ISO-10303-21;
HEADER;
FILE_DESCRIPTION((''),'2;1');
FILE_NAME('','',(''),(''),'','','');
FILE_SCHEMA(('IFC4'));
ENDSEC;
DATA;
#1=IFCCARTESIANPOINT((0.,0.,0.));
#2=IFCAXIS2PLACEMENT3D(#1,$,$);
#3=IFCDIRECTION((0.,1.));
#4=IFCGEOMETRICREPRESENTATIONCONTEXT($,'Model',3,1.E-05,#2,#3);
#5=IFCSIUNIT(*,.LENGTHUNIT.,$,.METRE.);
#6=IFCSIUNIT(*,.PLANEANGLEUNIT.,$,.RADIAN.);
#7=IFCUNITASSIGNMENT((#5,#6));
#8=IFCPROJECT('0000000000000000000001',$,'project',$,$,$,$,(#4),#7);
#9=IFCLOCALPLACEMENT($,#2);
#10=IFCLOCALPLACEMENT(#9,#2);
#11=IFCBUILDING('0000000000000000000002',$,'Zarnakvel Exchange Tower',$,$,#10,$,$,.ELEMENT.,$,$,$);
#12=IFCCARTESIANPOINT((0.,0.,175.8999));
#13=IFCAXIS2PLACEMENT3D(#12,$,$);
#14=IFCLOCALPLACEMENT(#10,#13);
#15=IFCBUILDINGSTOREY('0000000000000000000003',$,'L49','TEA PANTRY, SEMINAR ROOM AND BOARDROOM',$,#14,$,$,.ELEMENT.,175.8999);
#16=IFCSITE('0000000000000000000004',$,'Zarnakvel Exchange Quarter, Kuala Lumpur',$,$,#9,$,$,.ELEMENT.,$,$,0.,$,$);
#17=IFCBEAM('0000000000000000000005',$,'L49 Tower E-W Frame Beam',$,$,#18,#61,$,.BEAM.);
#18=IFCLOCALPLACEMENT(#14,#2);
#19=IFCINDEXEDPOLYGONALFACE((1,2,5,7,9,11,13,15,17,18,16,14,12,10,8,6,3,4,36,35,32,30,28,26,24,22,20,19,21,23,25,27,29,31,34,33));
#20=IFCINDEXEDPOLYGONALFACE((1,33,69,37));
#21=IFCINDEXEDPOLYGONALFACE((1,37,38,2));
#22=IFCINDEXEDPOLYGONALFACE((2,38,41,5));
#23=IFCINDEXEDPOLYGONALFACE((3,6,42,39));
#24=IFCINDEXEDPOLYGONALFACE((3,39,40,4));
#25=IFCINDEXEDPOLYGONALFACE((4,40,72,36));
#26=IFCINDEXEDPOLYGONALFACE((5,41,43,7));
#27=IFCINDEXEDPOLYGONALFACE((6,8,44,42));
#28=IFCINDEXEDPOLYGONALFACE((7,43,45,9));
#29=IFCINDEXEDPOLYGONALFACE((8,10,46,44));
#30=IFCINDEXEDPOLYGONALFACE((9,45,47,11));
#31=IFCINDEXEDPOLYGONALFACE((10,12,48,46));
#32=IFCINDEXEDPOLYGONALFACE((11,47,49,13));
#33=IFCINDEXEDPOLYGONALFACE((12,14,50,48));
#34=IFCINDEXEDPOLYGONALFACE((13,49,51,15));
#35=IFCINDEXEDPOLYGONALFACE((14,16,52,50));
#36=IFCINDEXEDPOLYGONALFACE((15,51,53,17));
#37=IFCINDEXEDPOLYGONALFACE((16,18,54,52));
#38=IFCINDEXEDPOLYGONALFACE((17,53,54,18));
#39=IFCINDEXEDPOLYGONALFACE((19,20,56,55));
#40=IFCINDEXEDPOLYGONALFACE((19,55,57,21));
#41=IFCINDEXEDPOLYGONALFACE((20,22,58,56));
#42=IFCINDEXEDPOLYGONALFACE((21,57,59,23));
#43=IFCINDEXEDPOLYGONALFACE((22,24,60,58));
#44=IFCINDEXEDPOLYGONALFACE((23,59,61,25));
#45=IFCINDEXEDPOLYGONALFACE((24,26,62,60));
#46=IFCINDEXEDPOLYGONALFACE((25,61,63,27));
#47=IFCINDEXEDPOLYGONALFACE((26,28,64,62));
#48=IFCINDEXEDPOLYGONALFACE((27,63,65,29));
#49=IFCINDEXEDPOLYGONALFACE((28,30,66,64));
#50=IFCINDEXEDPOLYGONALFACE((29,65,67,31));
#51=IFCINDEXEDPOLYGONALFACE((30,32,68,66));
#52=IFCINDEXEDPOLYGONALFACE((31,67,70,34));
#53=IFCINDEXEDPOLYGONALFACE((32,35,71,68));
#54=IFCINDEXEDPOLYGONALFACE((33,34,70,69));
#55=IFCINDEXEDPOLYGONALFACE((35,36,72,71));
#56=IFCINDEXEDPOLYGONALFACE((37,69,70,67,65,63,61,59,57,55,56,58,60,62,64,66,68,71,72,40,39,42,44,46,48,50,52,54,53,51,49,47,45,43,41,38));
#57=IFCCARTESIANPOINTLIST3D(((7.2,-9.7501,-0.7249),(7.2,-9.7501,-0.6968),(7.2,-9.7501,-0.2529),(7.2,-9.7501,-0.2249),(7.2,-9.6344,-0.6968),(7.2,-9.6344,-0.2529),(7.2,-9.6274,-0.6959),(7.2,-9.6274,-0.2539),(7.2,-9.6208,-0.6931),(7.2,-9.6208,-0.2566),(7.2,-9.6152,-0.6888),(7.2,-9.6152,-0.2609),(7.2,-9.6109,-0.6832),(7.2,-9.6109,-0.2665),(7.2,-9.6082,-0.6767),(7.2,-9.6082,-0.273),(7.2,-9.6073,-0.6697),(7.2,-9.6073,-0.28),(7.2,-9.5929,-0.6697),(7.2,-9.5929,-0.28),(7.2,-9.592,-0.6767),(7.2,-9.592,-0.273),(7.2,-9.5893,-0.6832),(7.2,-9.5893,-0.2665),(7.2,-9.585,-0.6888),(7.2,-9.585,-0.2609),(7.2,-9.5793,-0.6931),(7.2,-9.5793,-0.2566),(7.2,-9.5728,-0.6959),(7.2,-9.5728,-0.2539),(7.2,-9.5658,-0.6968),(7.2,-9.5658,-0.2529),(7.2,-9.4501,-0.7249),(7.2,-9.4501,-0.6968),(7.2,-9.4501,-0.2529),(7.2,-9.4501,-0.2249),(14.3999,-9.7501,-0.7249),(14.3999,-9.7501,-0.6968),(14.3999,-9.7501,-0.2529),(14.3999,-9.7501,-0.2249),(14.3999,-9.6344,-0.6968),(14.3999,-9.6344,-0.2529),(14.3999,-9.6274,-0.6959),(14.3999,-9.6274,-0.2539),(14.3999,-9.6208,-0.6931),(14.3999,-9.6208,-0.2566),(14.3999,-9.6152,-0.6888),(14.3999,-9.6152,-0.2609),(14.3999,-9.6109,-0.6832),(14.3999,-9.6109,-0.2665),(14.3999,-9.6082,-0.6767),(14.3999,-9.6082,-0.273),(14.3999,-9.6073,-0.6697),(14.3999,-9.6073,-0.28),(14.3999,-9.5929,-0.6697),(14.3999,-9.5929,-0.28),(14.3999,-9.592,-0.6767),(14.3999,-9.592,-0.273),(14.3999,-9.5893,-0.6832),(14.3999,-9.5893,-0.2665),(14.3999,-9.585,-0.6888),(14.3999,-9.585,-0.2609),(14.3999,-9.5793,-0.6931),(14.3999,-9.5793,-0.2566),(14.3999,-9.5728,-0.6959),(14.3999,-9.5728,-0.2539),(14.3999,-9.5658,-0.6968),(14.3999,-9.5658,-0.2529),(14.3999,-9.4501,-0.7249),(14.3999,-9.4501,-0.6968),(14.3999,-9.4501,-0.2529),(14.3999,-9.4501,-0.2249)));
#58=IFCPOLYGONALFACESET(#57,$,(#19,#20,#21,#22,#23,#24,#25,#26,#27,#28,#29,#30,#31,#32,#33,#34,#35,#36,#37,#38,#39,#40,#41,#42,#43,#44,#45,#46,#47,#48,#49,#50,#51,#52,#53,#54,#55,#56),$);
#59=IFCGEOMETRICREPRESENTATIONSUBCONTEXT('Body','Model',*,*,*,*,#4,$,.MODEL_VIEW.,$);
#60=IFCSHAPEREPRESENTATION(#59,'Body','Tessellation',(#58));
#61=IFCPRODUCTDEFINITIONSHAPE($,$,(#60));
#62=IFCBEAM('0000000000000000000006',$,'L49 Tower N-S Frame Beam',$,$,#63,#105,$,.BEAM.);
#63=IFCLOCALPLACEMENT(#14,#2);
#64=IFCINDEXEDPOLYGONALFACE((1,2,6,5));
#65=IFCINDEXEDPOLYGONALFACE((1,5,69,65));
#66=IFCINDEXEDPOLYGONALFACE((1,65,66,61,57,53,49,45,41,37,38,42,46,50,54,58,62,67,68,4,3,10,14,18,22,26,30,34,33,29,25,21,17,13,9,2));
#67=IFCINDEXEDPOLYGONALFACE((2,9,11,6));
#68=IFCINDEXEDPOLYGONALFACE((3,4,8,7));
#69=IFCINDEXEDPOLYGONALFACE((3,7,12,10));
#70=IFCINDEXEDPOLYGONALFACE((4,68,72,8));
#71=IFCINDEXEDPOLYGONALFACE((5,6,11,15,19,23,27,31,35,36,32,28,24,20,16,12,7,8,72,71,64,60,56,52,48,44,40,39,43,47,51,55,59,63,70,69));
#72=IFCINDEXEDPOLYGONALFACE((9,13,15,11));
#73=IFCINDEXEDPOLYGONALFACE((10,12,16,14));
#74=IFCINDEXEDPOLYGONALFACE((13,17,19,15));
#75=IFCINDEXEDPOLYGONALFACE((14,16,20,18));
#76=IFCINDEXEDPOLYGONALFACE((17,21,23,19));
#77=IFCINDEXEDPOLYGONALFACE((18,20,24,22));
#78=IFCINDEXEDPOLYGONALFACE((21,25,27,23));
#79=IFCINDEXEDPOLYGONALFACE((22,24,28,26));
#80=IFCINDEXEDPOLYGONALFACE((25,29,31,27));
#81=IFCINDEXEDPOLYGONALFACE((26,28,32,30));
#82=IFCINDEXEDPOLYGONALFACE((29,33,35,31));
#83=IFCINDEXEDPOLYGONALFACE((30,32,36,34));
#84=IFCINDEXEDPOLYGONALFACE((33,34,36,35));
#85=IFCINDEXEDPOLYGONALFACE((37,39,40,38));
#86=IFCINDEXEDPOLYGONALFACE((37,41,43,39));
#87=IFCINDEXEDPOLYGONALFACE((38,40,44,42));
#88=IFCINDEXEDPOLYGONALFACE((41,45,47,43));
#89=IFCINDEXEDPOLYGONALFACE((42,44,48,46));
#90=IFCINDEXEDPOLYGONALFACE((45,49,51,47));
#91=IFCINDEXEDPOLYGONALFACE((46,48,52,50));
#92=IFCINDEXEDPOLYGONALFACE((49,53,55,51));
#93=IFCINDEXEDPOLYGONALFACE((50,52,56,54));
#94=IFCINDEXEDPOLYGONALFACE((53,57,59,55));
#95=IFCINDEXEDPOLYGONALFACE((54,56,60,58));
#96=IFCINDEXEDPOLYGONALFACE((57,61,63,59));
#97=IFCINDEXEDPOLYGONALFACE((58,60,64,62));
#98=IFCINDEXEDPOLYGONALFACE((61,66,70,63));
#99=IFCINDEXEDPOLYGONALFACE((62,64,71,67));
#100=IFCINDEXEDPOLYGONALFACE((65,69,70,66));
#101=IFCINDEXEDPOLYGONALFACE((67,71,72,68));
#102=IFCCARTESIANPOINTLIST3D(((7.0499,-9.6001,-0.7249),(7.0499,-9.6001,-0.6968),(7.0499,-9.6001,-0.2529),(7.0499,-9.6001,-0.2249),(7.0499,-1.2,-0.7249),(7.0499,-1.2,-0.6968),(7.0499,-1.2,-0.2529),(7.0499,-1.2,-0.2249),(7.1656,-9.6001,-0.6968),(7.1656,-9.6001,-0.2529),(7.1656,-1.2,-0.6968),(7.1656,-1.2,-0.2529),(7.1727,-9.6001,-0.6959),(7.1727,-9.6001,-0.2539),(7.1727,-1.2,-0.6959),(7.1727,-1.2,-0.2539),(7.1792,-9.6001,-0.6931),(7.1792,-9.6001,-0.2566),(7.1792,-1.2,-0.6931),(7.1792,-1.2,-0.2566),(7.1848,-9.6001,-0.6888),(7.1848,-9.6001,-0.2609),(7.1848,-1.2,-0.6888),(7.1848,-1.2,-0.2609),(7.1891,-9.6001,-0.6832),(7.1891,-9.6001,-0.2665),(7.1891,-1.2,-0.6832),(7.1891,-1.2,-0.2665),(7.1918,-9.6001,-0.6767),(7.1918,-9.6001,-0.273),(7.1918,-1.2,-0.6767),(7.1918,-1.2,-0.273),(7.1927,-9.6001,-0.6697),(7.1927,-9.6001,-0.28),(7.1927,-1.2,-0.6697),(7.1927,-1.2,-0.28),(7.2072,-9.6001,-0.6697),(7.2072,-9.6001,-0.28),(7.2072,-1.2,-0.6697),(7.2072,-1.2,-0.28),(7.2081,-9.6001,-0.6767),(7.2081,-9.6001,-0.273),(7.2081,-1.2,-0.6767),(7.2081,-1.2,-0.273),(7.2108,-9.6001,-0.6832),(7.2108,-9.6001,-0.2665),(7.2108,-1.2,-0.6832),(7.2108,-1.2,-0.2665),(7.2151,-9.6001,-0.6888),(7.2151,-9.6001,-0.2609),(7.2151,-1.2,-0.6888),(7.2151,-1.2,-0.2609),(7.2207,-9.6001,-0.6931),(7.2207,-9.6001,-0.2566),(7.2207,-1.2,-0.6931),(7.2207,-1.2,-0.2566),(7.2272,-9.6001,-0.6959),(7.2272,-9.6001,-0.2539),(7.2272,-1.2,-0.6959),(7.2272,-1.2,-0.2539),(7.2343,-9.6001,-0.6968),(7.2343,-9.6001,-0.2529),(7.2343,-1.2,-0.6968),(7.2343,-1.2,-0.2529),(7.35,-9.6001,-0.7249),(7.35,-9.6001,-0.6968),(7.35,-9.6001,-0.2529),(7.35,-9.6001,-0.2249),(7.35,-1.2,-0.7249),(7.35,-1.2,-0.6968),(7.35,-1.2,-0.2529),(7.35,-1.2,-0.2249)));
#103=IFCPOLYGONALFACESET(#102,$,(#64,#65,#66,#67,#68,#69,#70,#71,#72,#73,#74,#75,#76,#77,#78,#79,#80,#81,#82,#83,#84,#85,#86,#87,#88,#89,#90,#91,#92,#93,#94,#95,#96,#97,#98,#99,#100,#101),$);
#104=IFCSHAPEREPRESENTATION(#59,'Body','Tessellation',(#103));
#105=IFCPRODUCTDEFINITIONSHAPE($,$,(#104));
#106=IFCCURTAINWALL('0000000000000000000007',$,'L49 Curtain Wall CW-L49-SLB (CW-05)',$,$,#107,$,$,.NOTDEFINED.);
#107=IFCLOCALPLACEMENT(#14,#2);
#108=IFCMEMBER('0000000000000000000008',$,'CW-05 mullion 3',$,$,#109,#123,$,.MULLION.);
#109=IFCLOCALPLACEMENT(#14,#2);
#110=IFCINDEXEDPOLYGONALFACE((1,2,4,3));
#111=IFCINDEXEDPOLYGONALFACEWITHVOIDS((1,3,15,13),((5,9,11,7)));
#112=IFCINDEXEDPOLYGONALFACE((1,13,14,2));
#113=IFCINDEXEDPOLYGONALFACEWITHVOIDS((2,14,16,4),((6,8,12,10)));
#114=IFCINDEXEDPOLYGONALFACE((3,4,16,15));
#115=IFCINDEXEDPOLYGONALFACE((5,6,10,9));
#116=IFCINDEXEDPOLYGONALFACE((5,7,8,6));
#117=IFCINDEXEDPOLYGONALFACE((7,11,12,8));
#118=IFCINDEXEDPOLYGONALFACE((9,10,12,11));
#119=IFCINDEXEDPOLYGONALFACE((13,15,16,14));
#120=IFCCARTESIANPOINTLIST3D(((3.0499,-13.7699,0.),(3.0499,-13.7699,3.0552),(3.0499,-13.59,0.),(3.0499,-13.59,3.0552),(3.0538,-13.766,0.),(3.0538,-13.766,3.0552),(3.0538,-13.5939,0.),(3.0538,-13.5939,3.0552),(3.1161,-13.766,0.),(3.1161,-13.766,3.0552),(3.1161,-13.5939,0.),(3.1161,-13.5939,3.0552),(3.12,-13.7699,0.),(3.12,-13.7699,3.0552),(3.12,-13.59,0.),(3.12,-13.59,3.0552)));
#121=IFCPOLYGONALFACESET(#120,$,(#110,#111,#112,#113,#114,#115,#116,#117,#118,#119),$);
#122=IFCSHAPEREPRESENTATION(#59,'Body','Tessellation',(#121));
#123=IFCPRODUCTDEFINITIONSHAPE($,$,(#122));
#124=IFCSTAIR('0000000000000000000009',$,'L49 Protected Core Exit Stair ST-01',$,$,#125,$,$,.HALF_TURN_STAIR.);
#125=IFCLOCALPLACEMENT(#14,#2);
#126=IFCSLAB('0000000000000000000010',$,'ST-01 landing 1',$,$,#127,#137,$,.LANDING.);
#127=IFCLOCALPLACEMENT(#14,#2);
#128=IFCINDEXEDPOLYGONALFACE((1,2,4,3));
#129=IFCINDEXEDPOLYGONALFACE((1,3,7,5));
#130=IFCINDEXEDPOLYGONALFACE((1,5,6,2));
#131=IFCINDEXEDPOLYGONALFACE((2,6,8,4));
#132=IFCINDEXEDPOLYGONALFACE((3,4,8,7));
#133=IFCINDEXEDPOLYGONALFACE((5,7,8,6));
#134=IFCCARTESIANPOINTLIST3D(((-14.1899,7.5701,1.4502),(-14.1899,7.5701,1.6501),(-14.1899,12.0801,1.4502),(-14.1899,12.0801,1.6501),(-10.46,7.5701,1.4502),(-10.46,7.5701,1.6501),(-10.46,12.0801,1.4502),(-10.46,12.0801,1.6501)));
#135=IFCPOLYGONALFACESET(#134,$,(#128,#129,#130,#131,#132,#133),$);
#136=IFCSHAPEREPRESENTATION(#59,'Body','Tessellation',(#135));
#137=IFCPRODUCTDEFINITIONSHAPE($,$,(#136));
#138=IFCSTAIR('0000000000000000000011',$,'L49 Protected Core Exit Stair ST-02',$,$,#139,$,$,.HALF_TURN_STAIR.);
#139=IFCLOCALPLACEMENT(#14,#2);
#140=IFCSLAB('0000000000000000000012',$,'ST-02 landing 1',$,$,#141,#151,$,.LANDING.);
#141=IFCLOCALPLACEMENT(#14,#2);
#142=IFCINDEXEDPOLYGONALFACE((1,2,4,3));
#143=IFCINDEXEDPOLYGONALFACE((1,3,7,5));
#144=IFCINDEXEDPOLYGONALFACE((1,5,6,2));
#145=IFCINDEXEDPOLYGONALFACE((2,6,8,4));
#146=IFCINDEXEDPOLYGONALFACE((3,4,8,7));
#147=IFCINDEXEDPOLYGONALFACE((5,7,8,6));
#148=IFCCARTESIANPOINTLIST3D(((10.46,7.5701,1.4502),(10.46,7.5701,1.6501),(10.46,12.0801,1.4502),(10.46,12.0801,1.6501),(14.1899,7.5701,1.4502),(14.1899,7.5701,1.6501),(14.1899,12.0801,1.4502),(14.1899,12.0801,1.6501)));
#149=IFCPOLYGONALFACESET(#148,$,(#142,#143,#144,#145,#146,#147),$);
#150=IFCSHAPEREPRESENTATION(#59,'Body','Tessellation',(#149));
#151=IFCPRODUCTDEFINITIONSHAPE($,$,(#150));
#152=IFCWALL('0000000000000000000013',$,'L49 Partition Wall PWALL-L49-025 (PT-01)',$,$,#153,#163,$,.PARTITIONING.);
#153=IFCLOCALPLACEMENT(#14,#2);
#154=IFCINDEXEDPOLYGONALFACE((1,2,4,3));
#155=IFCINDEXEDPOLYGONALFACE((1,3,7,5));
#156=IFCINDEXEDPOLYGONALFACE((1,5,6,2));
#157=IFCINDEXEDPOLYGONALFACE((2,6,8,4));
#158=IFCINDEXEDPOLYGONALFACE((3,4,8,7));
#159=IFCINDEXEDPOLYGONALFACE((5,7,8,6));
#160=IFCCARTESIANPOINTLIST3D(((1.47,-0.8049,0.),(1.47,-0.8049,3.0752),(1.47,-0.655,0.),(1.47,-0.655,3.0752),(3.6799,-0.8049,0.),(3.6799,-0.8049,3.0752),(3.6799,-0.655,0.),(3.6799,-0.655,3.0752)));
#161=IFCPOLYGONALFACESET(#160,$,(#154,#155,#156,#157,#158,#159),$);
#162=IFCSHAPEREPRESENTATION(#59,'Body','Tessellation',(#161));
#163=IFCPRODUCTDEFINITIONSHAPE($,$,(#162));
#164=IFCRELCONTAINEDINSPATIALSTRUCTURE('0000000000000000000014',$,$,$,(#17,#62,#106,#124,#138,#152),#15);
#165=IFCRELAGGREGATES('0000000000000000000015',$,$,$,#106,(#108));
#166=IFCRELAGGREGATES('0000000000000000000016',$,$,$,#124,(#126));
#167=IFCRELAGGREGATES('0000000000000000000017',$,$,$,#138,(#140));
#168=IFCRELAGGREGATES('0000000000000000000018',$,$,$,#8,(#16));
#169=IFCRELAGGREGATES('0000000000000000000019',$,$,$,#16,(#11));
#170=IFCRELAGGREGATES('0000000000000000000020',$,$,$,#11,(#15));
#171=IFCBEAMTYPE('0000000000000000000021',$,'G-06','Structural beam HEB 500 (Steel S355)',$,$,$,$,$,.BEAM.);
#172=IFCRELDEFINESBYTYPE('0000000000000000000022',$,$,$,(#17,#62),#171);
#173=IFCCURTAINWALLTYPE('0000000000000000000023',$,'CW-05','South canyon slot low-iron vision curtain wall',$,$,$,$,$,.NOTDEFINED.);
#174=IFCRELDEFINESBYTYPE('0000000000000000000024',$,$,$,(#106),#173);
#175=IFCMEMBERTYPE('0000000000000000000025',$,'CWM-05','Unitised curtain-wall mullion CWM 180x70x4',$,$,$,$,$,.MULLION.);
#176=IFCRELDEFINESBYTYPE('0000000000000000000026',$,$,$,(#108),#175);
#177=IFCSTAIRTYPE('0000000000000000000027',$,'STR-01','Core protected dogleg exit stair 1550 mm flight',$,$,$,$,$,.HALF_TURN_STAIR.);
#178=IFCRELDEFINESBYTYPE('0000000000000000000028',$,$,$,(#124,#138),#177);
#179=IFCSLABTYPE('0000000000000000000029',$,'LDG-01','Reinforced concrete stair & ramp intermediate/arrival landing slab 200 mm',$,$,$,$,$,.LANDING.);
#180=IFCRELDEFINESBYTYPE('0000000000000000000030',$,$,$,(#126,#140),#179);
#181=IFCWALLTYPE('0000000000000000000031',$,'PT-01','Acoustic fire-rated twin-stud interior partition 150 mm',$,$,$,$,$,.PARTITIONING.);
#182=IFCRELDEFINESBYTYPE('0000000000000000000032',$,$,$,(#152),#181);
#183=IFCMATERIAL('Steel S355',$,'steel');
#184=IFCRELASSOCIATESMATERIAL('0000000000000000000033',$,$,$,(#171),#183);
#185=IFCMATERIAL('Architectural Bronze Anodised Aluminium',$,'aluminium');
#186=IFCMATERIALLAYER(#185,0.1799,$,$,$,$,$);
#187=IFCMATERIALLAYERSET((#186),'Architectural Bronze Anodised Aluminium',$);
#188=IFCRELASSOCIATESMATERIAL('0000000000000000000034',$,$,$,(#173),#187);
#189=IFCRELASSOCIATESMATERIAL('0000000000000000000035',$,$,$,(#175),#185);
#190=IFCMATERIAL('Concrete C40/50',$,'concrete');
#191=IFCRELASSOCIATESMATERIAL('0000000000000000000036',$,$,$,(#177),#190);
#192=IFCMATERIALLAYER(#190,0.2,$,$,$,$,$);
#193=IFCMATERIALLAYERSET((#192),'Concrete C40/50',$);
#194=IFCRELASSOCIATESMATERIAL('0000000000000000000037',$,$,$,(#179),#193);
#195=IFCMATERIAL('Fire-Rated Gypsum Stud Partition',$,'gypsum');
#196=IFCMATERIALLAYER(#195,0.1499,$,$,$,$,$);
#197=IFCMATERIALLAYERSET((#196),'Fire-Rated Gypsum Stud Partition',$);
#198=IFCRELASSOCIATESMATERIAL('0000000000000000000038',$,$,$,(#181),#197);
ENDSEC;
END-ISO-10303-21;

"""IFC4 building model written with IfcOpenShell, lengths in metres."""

from ifc_helpers import new_model, si_unit, direction, frame, frame_2d, origin, origin_2d, place, context, subcontext, project, spatial, polyline, rectangle, hollow_rectangle, i_section, outline, extrude, source, transform, mapped, material, layer, layer_set, material_profile, profile_set, type_object, element, aggregate, save


model = new_model("IFC4")

# Units and contexts
model_context = context("Model", 3, precision=1e-05, world=origin(), true_north=direction((0.0, 1.0)))
body_context = subcontext(model_context, "Body", "Model", "MODEL_VIEW")
ifc_project = project(units=[si_unit("LENGTHUNIT", "METRE"), si_unit("PLANEANGLEUNIT", "RADIAN")], contexts=[model_context])

# Site, building, storey
site_placement = place(None, origin())
site = spatial("IfcSite", under=ifc_project, at=site_placement, Name="Zarnakvel Exchange Quarter, Kuala Lumpur", CompositionType="ELEMENT", RefElevation=0.0)
building_placement = place(site_placement, origin())
building = spatial("IfcBuilding", under=site, at=building_placement, Name="Zarnakvel Exchange Tower", CompositionType="ELEMENT")
storey_placement = place(building_placement, frame((0.0, 0.0, 175.8999)))
storey = spatial("IfcBuildingStorey", under=building, at=storey_placement, Name="L49", Description="TEA PANTRY, SEMINAR ROOM AND BOARDROOM", CompositionType="ELEMENT", Elevation=175.8999)

# Beams
ifc_material_1 = material(Name="Steel S355", Category="steel")
ifc_material_profile_1 = material_profile(ifc_material_1, i_section(OverallWidth=0.3, OverallDepth=0.5, WebThickness=0.0144, FlangeThickness=0.0281, FilletRadius=0.0271, at=origin_2d()))
ifc_profile_set_1 = profile_set([ifc_material_profile_1], Name="Steel S355")
beam_type_1 = type_object("IfcBeamType", Name="G-06", Description="Structural beam HEB 500 (Steel S355)", PredefinedType="BEAM", material=ifc_profile_set_1)
beam_1_placement = place(storey_placement, frame((7.2, -9.6001, -0.4749), z_axis=(1.0, 0.0, 0.0), x_axis=(0.0, 1.0, 0.0)))
element("IfcBeam", 1, at=beam_1_placement, inside=storey, type_object=beam_type_1, Name="L49 Tower E-W Frame Beam", PredefinedType="BEAM", context=body_context, shape_type="SweptSolid", body=[
    extrude(i_section(OverallWidth=0.3, OverallDepth=0.5, WebThickness=0.0144, FlangeThickness=0.0281, FilletRadius=0.0271, at=origin_2d()), origin(), (0.0, 0.0, 1.0), 7.2),
])
beam_2_placement = place(storey_placement, frame((7.2, -9.6001, -0.4749), z_axis=(0.0, 1.0, 0.0), x_axis=(-1.0, 0.0, 0.0)))
element("IfcBeam", 2, at=beam_2_placement, inside=storey, type_object=beam_type_1, Name="L49 Tower N-S Frame Beam", PredefinedType="BEAM", context=body_context, shape_type="SweptSolid", body=[
    extrude(i_section(OverallWidth=0.3, OverallDepth=0.5, WebThickness=0.0144, FlangeThickness=0.0281, FilletRadius=0.0271, at=origin_2d()), origin(), (0.0, 0.0, 1.0), 8.4001),
])

# Curtain wall, member
ifc_material_2 = material(Name="Architectural Bronze Anodised Aluminium", Category="aluminium")
ifc_layer_1 = layer(ifc_material_2, 0.1799)
ifc_layer_set_1 = layer_set([ifc_layer_1], Name="Architectural Bronze Anodised Aluminium")
curtain_wall_type = type_object("IfcCurtainWallType", Name="CW-05", Description="South canyon slot low-iron vision curtain wall", PredefinedType="NOTDEFINED", material=ifc_layer_set_1)
curtain_wall_placement = place(storey_placement, origin())
curtain_wall = element("IfcCurtainWall", 3, at=curtain_wall_placement, inside=storey, type_object=curtain_wall_type, Name="L49 Curtain Wall CW-L49-SLB (CW-05)", PredefinedType="NOTDEFINED")
ifc_material_profile_2 = material_profile(ifc_material_2, hollow_rectangle(XDim=0.1799, YDim=0.0701, WallThickness=0.0039, at=origin_2d()))
ifc_profile_set_2 = profile_set([ifc_material_profile_2], Name="Architectural Bronze Anodised Aluminium")
member_type = type_object("IfcMemberType", Name="CWM-05", Description="Unitised curtain-wall mullion CWM 180x70x4", PredefinedType="MULLION", material=ifc_profile_set_2)
shared_shape_1 = source(origin(), body_context, "Body", "SweptSolid", [
    extrude(hollow_rectangle(XDim=0.1799, YDim=0.0701, WallThickness=0.0039, at=origin_2d()), origin(), (0.0, 0.0, 1.0), 3.0552),
])
member_placement = place(storey_placement, frame((3.085, -13.6799, 0.0), z_axis=(0.0, 0.0, 1.0), x_axis=(0.0, 1.0, 0.0)))
member = element("IfcMember", 4, at=member_placement, type_object=member_type, Name="CW-05 mullion 3", PredefinedType="MULLION", context=body_context, shape_type="MappedRepresentation", body=[
    mapped(shared_shape_1, transform((0.0, 0.0, 0.0), x_axis=(1.0, 0.0, 0.0), y_axis=(0.0, 1.0, 0.0), z_axis=(0.0, 0.0, 1.0), scale=1.0)),
])
aggregate(curtain_wall, [member])

# Stairs, slabs
ifc_material_3 = material(Name="Concrete C40/50", Category="concrete")
stair_type = type_object("IfcStairType", Name="STR-01", Description="Core protected dogleg exit stair 1550 mm flight", PredefinedType="HALF_TURN_STAIR", material=ifc_material_3)
stair_1_placement = place(storey_placement, origin())
stair_1 = element("IfcStair", 5, at=stair_1_placement, inside=storey, type_object=stair_type, Name="L49 Protected Core Exit Stair ST-01", PredefinedType="HALF_TURN_STAIR")
ifc_layer_2 = layer(ifc_material_3, 0.2)
ifc_layer_set_2 = layer_set([ifc_layer_2], Name="Concrete C40/50")
slab_type = type_object("IfcSlabType", Name="LDG-01", Description="Reinforced concrete stair & ramp intermediate/arrival landing slab 200 mm", PredefinedType="LANDING", material=ifc_layer_set_2)
slab_1_placement = place(storey_placement, frame((0.0, 0.0, 1.4502)))
slab_1 = element("IfcSlab", 6, at=slab_1_placement, type_object=slab_type, Name="ST-01 landing 1", PredefinedType="LANDING", context=body_context, shape_type="SweptSolid", body=[
    extrude(outline(polyline([(-14.1899, 7.5701), (-10.46, 7.5701), (-10.46, 12.0801), (-14.1899, 12.0801), (-14.1899, 7.5701)])), origin(), (0.0, 0.0, 1.0), 0.2),
])
aggregate(stair_1, [slab_1])
stair_2_placement = place(storey_placement, origin())
stair_2 = element("IfcStair", 7, at=stair_2_placement, inside=storey, type_object=stair_type, Name="L49 Protected Core Exit Stair ST-02", PredefinedType="HALF_TURN_STAIR")
slab_2_placement = place(storey_placement, frame((0.0, 0.0, 1.4502)))
slab_2 = element("IfcSlab", 8, at=slab_2_placement, type_object=slab_type, Name="ST-02 landing 1", PredefinedType="LANDING", context=body_context, shape_type="SweptSolid", body=[
    extrude(outline(polyline([(10.46, 7.5701), (14.1899, 7.5701), (14.1899, 12.0801), (10.46, 12.0801), (10.46, 7.5701)])), origin(), (0.0, 0.0, 1.0), 0.2),
])
aggregate(stair_2, [slab_2])

# Wall
ifc_material_4 = material(Name="Fire-Rated Gypsum Stud Partition", Category="gypsum")
ifc_layer_3 = layer(ifc_material_4, 0.1499)
ifc_layer_set_3 = layer_set([ifc_layer_3], Name="Fire-Rated Gypsum Stud Partition")
wall_type_1 = type_object("IfcWallType", Name="PT-01", Description="Acoustic fire-rated twin-stud interior partition 150 mm", PredefinedType="PARTITIONING", material=ifc_layer_set_3)
wall_1_placement = place(storey_placement, frame((3.6799, -0.73, 0.0), z_axis=(0.0, 0.0, 1.0), x_axis=(-1.0, 0.0, 0.0)))
element("IfcWall", 9, at=wall_1_placement, inside=storey, type_object=wall_type_1, Name="L49 Partition Wall PWALL-L49-025 (PT-01)", PredefinedType="PARTITIONING", context=body_context, shape_type="SweptSolid", body=[
    extrude(rectangle(XDim=2.21, YDim=0.1499, at=frame_2d((1.105, 0.0))), origin(), (0.0, 0.0, 1.0), 3.0752),
])

save(model, "model.ifc")
